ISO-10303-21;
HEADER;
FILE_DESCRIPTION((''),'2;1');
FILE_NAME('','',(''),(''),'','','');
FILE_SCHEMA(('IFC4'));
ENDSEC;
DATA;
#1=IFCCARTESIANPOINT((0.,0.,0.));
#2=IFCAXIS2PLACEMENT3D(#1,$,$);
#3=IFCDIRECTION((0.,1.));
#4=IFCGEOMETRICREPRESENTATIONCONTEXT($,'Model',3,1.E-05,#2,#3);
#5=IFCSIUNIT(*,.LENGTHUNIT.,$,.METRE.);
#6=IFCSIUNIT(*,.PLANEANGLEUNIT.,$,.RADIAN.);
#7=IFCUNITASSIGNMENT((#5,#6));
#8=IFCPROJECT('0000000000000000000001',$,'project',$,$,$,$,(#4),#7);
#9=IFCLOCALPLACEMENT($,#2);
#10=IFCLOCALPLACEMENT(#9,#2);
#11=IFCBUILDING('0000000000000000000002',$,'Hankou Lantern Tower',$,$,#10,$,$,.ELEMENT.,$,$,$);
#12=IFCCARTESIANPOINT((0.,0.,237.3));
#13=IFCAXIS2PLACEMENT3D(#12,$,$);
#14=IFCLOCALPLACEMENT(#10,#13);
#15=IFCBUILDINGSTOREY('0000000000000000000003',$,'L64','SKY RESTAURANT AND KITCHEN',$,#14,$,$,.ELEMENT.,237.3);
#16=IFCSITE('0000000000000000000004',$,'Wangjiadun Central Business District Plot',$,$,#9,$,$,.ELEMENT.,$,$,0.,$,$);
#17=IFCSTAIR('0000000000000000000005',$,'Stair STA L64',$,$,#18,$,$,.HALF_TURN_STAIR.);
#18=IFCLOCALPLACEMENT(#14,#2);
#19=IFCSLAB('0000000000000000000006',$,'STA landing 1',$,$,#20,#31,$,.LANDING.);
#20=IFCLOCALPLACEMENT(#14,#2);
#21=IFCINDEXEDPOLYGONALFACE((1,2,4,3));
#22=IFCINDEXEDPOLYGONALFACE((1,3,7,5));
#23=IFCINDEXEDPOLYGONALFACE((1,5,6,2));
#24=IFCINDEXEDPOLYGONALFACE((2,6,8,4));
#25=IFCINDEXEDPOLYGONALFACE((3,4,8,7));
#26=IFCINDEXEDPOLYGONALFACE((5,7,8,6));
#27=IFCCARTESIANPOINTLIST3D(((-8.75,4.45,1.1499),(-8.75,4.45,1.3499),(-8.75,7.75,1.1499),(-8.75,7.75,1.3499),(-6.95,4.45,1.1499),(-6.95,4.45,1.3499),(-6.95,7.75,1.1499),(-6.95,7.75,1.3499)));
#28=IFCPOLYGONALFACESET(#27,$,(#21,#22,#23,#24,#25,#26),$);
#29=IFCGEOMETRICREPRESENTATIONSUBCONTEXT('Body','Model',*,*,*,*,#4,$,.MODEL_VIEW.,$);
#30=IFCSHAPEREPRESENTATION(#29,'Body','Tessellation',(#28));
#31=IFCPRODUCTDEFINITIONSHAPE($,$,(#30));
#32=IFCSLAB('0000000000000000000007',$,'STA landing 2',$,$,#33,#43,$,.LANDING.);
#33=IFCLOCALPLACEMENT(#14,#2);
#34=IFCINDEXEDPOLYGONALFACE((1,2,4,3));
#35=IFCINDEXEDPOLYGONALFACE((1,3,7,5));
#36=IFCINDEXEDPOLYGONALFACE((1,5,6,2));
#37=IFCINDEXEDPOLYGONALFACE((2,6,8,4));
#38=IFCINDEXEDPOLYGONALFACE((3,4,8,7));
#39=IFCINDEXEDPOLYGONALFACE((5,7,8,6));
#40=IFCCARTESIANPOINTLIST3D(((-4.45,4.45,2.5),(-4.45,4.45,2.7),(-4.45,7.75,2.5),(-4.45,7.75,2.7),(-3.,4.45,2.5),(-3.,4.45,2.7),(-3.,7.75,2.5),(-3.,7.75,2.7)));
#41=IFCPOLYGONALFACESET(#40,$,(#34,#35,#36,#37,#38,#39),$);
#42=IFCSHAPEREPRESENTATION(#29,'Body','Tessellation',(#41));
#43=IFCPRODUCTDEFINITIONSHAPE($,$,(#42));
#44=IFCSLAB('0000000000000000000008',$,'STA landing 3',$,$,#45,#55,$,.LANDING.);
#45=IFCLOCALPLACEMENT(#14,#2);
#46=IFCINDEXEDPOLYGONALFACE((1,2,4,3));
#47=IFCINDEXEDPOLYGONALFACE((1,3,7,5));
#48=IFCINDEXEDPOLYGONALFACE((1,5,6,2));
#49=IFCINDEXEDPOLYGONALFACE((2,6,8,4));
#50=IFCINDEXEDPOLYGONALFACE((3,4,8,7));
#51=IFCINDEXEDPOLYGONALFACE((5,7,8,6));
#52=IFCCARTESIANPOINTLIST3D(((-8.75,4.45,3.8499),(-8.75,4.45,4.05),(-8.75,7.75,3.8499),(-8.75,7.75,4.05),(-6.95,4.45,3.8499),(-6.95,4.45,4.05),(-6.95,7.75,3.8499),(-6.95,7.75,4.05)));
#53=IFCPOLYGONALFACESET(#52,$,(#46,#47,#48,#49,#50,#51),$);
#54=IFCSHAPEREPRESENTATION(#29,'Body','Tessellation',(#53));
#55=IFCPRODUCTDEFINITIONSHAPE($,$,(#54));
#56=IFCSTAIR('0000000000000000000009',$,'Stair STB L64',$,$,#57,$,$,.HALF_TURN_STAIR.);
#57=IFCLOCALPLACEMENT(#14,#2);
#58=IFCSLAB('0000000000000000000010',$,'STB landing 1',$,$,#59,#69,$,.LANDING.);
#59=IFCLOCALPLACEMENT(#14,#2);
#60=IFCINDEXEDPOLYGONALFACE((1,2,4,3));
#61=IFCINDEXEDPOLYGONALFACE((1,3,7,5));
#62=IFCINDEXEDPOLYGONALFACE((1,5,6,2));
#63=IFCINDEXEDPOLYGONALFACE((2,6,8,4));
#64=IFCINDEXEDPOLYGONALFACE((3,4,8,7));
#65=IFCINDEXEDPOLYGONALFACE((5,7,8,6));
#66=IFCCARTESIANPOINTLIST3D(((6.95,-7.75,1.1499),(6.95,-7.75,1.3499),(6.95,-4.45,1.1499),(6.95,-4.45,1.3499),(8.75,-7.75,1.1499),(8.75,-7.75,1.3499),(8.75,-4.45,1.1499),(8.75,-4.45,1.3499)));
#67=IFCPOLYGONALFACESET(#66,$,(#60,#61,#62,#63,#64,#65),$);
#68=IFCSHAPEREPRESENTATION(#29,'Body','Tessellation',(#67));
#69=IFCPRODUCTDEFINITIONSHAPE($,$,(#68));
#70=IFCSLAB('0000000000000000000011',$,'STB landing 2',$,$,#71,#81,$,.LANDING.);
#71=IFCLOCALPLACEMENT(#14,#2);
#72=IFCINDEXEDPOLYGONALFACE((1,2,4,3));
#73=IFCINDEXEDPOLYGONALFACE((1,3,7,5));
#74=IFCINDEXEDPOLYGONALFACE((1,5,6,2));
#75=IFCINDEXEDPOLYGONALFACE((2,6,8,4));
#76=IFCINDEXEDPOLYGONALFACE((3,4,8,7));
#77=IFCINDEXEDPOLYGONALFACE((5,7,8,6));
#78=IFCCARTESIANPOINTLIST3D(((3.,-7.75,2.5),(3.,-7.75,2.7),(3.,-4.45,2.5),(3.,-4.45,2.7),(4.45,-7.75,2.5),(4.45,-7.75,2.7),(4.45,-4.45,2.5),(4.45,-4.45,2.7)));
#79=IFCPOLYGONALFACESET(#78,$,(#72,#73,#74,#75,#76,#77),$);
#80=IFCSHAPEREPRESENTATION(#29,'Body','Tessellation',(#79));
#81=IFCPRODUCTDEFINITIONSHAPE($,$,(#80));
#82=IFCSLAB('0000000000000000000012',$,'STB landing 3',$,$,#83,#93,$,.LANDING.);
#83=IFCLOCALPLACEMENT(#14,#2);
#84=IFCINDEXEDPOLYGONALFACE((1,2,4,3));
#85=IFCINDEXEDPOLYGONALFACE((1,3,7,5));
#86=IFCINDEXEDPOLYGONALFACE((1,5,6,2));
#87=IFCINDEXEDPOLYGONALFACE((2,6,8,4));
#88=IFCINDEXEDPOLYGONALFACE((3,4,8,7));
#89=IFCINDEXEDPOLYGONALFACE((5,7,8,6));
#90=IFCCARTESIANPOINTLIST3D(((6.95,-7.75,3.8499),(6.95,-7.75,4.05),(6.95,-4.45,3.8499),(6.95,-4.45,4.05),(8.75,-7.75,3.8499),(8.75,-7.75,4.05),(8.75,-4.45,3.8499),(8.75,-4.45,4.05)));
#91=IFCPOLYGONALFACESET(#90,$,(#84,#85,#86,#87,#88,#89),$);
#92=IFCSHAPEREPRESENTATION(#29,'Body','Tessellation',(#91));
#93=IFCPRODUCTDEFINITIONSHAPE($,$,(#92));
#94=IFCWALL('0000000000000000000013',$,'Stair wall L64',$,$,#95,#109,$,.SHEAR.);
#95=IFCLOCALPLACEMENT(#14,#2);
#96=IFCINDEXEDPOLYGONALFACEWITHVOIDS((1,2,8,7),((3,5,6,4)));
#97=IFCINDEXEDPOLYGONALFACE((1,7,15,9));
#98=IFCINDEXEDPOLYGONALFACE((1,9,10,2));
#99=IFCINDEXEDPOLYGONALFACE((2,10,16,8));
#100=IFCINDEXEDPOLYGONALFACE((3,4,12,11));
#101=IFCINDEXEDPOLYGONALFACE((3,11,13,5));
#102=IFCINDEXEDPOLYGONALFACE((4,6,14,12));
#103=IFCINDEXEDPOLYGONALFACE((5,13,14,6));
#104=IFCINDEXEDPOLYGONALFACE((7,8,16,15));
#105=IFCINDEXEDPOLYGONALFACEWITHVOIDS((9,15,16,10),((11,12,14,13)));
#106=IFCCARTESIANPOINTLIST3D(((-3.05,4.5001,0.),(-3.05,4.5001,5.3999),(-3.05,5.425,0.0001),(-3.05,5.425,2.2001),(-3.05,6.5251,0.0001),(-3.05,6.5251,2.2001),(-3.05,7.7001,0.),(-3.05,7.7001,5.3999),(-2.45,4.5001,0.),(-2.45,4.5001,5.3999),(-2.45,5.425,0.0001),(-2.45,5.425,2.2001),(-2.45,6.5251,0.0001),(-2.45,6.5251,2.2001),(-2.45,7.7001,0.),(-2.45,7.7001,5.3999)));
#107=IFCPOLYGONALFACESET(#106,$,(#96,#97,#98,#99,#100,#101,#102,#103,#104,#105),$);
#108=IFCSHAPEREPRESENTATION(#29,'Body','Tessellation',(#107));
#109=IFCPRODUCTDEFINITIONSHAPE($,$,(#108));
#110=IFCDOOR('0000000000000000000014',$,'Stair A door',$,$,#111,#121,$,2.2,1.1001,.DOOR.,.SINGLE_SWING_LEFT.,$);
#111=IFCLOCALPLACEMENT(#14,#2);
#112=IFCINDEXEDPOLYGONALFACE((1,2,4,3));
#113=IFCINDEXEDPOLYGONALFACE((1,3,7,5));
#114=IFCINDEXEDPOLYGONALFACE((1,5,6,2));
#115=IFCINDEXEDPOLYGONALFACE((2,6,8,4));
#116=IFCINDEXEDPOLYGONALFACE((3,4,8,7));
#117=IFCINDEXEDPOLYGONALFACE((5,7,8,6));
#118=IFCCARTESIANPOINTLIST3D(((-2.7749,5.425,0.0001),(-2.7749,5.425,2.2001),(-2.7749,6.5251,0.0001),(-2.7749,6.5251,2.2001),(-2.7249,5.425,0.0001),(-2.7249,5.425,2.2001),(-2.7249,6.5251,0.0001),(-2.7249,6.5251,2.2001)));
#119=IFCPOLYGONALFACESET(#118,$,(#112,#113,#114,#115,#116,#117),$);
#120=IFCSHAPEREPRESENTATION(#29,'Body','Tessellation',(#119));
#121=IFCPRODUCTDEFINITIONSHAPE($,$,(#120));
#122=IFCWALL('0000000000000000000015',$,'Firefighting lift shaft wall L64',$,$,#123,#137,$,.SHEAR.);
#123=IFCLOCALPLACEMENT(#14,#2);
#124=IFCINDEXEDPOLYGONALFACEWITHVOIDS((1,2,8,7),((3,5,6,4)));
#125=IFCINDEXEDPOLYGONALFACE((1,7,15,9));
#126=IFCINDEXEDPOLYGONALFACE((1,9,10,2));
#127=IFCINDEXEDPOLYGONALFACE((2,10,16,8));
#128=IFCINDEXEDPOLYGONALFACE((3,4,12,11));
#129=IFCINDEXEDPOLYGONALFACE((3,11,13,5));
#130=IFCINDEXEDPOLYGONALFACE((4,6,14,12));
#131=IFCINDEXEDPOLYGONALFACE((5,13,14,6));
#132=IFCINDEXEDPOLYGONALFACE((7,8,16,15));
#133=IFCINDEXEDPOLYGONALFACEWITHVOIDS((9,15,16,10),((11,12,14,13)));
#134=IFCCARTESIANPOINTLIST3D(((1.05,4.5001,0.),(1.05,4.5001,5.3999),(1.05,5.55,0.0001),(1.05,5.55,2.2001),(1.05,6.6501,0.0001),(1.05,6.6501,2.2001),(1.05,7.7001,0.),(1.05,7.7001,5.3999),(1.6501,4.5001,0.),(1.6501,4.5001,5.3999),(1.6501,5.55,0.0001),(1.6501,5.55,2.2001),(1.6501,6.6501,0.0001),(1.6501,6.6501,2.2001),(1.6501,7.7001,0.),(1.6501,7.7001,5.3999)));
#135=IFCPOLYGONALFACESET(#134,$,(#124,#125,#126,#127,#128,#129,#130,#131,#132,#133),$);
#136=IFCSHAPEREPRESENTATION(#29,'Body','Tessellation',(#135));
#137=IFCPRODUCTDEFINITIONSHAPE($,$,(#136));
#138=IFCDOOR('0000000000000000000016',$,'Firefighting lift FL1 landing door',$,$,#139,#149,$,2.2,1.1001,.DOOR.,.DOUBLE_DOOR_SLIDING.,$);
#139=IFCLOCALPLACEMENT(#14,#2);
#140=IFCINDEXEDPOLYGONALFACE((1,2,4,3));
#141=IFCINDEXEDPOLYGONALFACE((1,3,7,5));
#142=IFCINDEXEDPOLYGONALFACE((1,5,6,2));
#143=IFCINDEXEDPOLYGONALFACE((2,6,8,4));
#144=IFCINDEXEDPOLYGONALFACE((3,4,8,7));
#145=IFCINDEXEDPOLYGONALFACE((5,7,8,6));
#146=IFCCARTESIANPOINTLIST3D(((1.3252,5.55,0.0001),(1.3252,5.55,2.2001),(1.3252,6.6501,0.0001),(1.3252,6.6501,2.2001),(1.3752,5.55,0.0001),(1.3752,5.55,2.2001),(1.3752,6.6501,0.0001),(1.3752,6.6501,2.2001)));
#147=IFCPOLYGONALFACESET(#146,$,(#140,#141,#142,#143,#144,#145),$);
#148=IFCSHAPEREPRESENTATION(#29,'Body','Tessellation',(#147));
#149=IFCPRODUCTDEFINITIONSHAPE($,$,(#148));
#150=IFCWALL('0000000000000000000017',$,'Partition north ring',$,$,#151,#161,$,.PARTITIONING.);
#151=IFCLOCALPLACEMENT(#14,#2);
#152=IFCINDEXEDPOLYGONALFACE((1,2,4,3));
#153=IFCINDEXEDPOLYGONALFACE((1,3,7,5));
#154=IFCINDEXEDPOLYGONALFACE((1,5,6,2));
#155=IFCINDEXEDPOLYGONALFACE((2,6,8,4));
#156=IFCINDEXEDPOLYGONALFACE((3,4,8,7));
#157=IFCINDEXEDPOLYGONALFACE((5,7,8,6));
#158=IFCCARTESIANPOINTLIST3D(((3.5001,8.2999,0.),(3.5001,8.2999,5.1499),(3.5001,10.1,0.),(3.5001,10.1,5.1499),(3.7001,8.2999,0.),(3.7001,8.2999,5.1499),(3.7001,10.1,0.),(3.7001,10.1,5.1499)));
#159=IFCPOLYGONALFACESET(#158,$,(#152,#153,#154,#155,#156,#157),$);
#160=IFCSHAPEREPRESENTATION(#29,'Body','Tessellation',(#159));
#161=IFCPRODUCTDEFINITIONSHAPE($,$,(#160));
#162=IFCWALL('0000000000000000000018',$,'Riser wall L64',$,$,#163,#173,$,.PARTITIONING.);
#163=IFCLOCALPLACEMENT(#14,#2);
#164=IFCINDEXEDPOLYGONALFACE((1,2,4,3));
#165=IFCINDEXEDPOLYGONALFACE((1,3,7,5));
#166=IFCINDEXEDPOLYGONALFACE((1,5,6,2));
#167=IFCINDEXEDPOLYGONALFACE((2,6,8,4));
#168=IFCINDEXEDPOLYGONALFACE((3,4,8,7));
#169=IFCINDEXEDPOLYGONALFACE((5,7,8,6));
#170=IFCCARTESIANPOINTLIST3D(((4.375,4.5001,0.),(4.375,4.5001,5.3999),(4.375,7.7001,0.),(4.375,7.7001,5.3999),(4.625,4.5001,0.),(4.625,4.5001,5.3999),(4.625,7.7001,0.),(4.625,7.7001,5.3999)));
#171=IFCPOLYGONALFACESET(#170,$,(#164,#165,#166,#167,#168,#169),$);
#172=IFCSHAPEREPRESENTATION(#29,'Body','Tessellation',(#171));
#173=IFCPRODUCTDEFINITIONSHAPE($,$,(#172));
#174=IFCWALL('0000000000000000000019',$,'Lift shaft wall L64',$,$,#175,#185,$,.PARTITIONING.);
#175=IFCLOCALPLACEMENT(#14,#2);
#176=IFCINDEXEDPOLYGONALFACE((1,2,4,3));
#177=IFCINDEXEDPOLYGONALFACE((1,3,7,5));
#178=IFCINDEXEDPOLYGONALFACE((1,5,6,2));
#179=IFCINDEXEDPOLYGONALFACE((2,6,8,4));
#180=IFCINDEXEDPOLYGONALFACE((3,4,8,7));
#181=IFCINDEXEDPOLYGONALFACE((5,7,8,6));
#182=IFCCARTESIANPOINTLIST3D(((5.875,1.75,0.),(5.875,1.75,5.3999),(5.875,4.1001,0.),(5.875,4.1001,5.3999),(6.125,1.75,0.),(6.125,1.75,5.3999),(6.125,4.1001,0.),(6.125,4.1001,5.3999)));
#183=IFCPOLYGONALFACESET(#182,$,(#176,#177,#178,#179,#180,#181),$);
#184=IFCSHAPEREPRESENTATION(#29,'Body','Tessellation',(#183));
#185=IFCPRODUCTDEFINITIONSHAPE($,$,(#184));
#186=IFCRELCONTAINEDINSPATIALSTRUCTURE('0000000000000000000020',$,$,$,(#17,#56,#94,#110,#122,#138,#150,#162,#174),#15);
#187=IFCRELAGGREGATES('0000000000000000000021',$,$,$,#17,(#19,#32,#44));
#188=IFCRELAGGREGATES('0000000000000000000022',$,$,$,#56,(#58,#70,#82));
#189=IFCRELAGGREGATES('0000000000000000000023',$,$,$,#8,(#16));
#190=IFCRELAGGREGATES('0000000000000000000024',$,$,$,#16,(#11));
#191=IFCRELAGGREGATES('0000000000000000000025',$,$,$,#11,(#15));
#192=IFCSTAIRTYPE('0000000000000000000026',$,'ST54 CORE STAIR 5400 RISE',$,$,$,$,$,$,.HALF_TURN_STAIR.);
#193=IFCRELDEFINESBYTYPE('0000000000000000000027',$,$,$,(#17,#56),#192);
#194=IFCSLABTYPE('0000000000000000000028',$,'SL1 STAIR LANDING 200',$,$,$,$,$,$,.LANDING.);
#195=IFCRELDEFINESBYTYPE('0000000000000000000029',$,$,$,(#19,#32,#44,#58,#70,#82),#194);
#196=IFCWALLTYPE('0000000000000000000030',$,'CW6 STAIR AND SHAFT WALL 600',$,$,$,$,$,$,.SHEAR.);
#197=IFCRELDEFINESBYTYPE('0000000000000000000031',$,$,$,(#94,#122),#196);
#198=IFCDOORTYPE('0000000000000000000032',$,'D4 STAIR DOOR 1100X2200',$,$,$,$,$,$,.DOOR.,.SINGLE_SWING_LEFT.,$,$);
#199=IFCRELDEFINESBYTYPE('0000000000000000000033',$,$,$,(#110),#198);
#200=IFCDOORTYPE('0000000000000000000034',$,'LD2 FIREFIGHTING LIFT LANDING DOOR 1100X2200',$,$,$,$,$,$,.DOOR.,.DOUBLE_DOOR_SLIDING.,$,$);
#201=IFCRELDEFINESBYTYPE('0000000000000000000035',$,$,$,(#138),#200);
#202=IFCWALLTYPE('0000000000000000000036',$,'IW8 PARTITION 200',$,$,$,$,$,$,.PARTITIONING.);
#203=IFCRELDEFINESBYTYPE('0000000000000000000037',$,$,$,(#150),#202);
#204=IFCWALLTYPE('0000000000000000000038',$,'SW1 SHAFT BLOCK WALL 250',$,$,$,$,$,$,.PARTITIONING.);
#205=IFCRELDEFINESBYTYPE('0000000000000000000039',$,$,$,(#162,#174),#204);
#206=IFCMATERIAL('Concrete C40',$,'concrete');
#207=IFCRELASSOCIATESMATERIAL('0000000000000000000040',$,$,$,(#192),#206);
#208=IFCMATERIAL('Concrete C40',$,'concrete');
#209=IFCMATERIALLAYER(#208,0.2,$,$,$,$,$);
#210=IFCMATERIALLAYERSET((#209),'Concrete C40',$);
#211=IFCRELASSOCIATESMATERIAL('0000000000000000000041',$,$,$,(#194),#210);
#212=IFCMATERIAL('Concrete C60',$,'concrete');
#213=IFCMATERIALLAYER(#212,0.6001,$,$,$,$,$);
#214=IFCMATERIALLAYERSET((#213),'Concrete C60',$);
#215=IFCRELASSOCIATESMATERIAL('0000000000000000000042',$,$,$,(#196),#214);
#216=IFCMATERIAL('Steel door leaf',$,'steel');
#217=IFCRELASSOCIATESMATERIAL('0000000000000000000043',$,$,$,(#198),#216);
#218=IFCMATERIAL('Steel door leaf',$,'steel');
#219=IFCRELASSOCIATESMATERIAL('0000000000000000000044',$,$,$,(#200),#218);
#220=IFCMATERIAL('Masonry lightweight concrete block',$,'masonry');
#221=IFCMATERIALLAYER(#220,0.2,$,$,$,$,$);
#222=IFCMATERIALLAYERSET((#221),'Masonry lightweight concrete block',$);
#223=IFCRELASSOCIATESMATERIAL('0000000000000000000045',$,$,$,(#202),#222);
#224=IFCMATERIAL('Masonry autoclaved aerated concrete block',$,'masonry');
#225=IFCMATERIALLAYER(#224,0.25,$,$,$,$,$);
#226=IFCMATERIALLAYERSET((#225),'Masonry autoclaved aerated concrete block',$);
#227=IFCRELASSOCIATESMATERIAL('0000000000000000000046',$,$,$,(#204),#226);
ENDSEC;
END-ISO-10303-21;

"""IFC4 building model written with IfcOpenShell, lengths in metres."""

from ifc_helpers import new_model, si_unit, direction, frame, frame_2d, origin, place, context, subcontext, project, spatial, polyline, rectangle, outline, extrude, material, layer, layer_set, type_object, element, fill, aggregate, save


model = new_model("IFC4")

# Units and contexts
model_context = context("Model", 3, precision=1e-05, world=origin(), true_north=direction((0.0, 1.0)))
body_context = subcontext(model_context, "Body", "Model", "MODEL_VIEW")
ifc_project = project(units=[si_unit("LENGTHUNIT", "METRE"), si_unit("PLANEANGLEUNIT", "RADIAN")], contexts=[model_context])

# Site, building, storey
site_placement = place(None, origin())
site = spatial("IfcSite", under=ifc_project, at=site_placement, Name="Wangjiadun Central Business District Plot", CompositionType="ELEMENT", RefElevation=0.0)
building_placement = place(site_placement, origin())
building = spatial("IfcBuilding", under=site, at=building_placement, Name="Hankou Lantern Tower", CompositionType="ELEMENT")
storey_placement = place(building_placement, frame((0.0, 0.0, 237.3)))
storey = spatial("IfcBuildingStorey", under=building, at=storey_placement, Name="L64", Description="SKY RESTAURANT AND KITCHEN", CompositionType="ELEMENT", Elevation=237.3)

# Stairs, slabs
ifc_material_1 = material(Name="Concrete C40", Category="concrete")
stair_type = type_object("IfcStairType", Name="ST54 CORE STAIR 5400 RISE", PredefinedType="HALF_TURN_STAIR", material=ifc_material_1)
stair_1_placement = place(storey_placement, origin())
stair_1 = element("IfcStair", 1, at=stair_1_placement, inside=storey, type_object=stair_type, Name="Stair STA L64", PredefinedType="HALF_TURN_STAIR")
ifc_material_2 = material(Name="Concrete C40", Category="concrete")
ifc_layer_1 = layer(ifc_material_2, 0.2)
ifc_layer_set_1 = layer_set([ifc_layer_1], Name="Concrete C40")
slab_type = type_object("IfcSlabType", Name="SL1 STAIR LANDING 200", PredefinedType="LANDING", material=ifc_layer_set_1)
slab_1_placement = place(storey_placement, frame((0.0, 0.0, 1.1499)))
slab_1 = element("IfcSlab", 2, at=slab_1_placement, type_object=slab_type, Name="STA landing 1", PredefinedType="LANDING", context=body_context, shape_type="SweptSolid", body=[
    extrude(outline(polyline([(-8.75, 4.45), (-6.95, 4.45), (-6.95, 7.75), (-8.75, 7.75), (-8.75, 4.45)])), origin(), (0.0, 0.0, 1.0), 0.2),
])
slab_2_placement = place(storey_placement, frame((0.0, 0.0, 2.5)))
slab_2 = element("IfcSlab", 3, at=slab_2_placement, type_object=slab_type, Name="STA landing 2", PredefinedType="LANDING", context=body_context, shape_type="SweptSolid", body=[
    extrude(outline(polyline([(-4.45, 4.45), (-3.0, 4.45), (-3.0, 7.75), (-4.45, 7.75), (-4.45, 4.45)])), origin(), (0.0, 0.0, 1.0), 0.2),
])
slab_3_placement = place(storey_placement, frame((0.0, 0.0, 3.8499)))
slab_3 = element("IfcSlab", 4, at=slab_3_placement, type_object=slab_type, Name="STA landing 3", PredefinedType="LANDING", context=body_context, shape_type="SweptSolid", body=[
    extrude(outline(polyline([(-8.75, 4.45), (-6.95, 4.45), (-6.95, 7.75), (-8.75, 7.75), (-8.75, 4.45)])), origin(), (0.0, 0.0, 1.0), 0.2002),
])
aggregate(stair_1, [slab_1, slab_2, slab_3])
stair_2_placement = place(storey_placement, origin())
stair_2 = element("IfcStair", 5, at=stair_2_placement, inside=storey, type_object=stair_type, Name="Stair STB L64", PredefinedType="HALF_TURN_STAIR")
slab_4_placement = place(storey_placement, frame((0.0, 0.0, 1.1499)))
slab_4 = element("IfcSlab", 6, at=slab_4_placement, type_object=slab_type, Name="STB landing 1", PredefinedType="LANDING", context=body_context, shape_type="SweptSolid", body=[
    extrude(outline(polyline([(8.75, -4.45), (6.95, -4.45), (6.95, -7.75), (8.75, -7.75), (8.75, -4.45)])), origin(), (0.0, 0.0, 1.0), 0.2),
])
slab_5_placement = place(storey_placement, frame((0.0, 0.0, 2.5)))
slab_5 = element("IfcSlab", 7, at=slab_5_placement, type_object=slab_type, Name="STB landing 2", PredefinedType="LANDING", context=body_context, shape_type="SweptSolid", body=[
    extrude(outline(polyline([(4.45, -4.45), (3.0, -4.45), (3.0, -7.75), (4.45, -7.75), (4.45, -4.45)])), origin(), (0.0, 0.0, 1.0), 0.2),
])
slab_6_placement = place(storey_placement, frame((0.0, 0.0, 3.8499)))
slab_6 = element("IfcSlab", 8, at=slab_6_placement, type_object=slab_type, Name="STB landing 3", PredefinedType="LANDING", context=body_context, shape_type="SweptSolid", body=[
    extrude(outline(polyline([(8.75, -4.45), (6.95, -4.45), (6.95, -7.75), (8.75, -7.75), (8.75, -4.45)])), origin(), (0.0, 0.0, 1.0), 0.2002),
])
aggregate(stair_2, [slab_4, slab_5, slab_6])

# Walls, openings, doors
ifc_material_3 = material(Name="Concrete C60", Category="concrete")
ifc_layer_2 = layer(ifc_material_3, 0.6001)
ifc_layer_set_2 = layer_set([ifc_layer_2], Name="Concrete C60")
wall_type_1 = type_object("IfcWallType", Name="CW6 STAIR AND SHAFT WALL 600", PredefinedType="SHEAR", material=ifc_layer_set_2)
wall_1_placement = place(storey_placement, frame((-2.75, 4.5, 0.0), z_axis=(0.0, 0.0, 1.0), x_axis=(0.0, 1.0, 0.0)))
wall_1 = element("IfcWall", 9, at=wall_1_placement, inside=storey, type_object=wall_type_1, Name="Stair wall L64", PredefinedType="SHEAR", context=body_context, shape_type="SweptSolid", body=[
    extrude(rectangle(XDim=3.2, YDim=0.6001, at=frame_2d((1.6001, 0.0))), origin(), (0.0, 0.0, 1.0), 5.3999),
])
opening_1_placement = place(wall_1_placement, frame((0.925, 0.0, 0.0)))
opening_1 = element("IfcOpeningElement", 10, at=opening_1_placement, cuts=wall_1, PredefinedType="OPENING", context=body_context, shape_type="SweptSolid", body=[
    extrude(rectangle(XDim=1.1001, YDim=2.2, at=frame_2d((0.55, 1.1001))), frame((0.0, 0.3101, 0.0), z_axis=(0.0, -1.0, 0.0), x_axis=(1.0, 0.0, 0.0)), (0.0, 0.0, 1.0), 0.6201),
])
ifc_material_4 = material(Name="Steel door leaf", Category="steel")
door_type_1 = type_object("IfcDoorType", Name="D4 STAIR DOOR 1100X2200", OperationType="SINGLE_SWING_LEFT", PredefinedType="DOOR", material=ifc_material_4)
door_1_placement = place(opening_1_placement, origin())
door_1 = element("IfcDoor", 11, at=door_1_placement, inside=storey, type_object=door_type_1, Name="Stair A door", OperationType="SINGLE_SWING_LEFT", OverallHeight=2.2, OverallWidth=1.1001, PredefinedType="DOOR", context=body_context, shape_type="SweptSolid", body=[
    extrude(rectangle(XDim=1.1001, YDim=2.2, at=frame_2d((0.55, 1.1001))), frame((0.0, 0.0249, 0.0), z_axis=(0.0, -1.0, 0.0), x_axis=(1.0, 0.0, 0.0)), (0.0, 0.0, 1.0), 0.05),
])
fill(opening_1, door_1)
wall_2_placement = place(storey_placement, frame((1.3501, 4.5, 0.0), z_axis=(0.0, 0.0, 1.0), x_axis=(0.0, 1.0, 0.0)))
wall_2 = element("IfcWall", 12, at=wall_2_placement, inside=storey, type_object=wall_type_1, Name="Firefighting lift shaft wall L64", PredefinedType="SHEAR", context=body_context, shape_type="SweptSolid", body=[
    extrude(rectangle(XDim=3.2, YDim=0.6001, at=frame_2d((1.6001, 0.0))), origin(), (0.0, 0.0, 1.0), 5.3999),
])
opening_2_placement = place(wall_2_placement, frame((1.05, 0.0, 0.0)))
opening_2 = element("IfcOpeningElement", 13, at=opening_2_placement, cuts=wall_2, PredefinedType="OPENING", context=body_context, shape_type="SweptSolid", body=[
    extrude(rectangle(XDim=1.1001, YDim=2.2, at=frame_2d((0.55, 1.1001))), frame((0.0, 0.3101, 0.0), z_axis=(0.0, -1.0, 0.0), x_axis=(1.0, 0.0, 0.0)), (0.0, 0.0, 1.0), 0.6201),
])
ifc_material_5 = material(Name="Steel door leaf", Category="steel")
door_type_2 = type_object("IfcDoorType", Name="LD2 FIREFIGHTING LIFT LANDING DOOR 1100X2200", OperationType="DOUBLE_DOOR_SLIDING", PredefinedType="DOOR", material=ifc_material_5)
door_2_placement = place(opening_2_placement, origin())
door_2 = element("IfcDoor", 14, at=door_2_placement, inside=storey, type_object=door_type_2, Name="Firefighting lift FL1 landing door", OperationType="DOUBLE_DOOR_SLIDING", OverallHeight=2.2, OverallWidth=1.1001, PredefinedType="DOOR", context=body_context, shape_type="SweptSolid", body=[
    extrude(rectangle(XDim=1.1001, YDim=2.2, at=frame_2d((0.55, 1.1001))), frame((0.0, 0.0249, 0.0), z_axis=(0.0, -1.0, 0.0), x_axis=(1.0, 0.0, 0.0)), (0.0, 0.0, 1.0), 0.05),
])
fill(opening_2, door_2)

# Walls
ifc_material_6 = material(Name="Masonry lightweight concrete block", Category="masonry")
ifc_layer_3 = layer(ifc_material_6, 0.2)
ifc_layer_set_3 = layer_set([ifc_layer_3], Name="Masonry lightweight concrete block")
wall_type_2 = type_object("IfcWallType", Name="IW8 PARTITION 200", PredefinedType="PARTITIONING", material=ifc_layer_set_3)
wall_3_placement = place(storey_placement, frame((3.6001, 8.3, 0.0), z_axis=(0.0, 0.0, 1.0), x_axis=(0.0, 1.0, 0.0)))
element("IfcWall", 15, at=wall_3_placement, inside=storey, type_object=wall_type_2, Name="Partition north ring", PredefinedType="PARTITIONING", context=body_context, shape_type="SweptSolid", body=[
    extrude(rectangle(XDim=1.8, YDim=0.2, at=frame_2d((0.8999, 0.0))), origin(), (0.0, 0.0, 1.0), 5.1499),
])
ifc_material_7 = material(Name="Masonry autoclaved aerated concrete block", Category="masonry")
ifc_layer_4 = layer(ifc_material_7, 0.25)
ifc_layer_set_4 = layer_set([ifc_layer_4], Name="Masonry autoclaved aerated concrete block")
wall_type_3 = type_object("IfcWallType", Name="SW1 SHAFT BLOCK WALL 250", PredefinedType="PARTITIONING", material=ifc_layer_set_4)
wall_4_placement = place(storey_placement, frame((4.5, 4.5, 0.0), z_axis=(0.0, 0.0, 1.0), x_axis=(0.0, 1.0, 0.0)))
element("IfcWall", 16, at=wall_4_placement, inside=storey, type_object=wall_type_3, Name="Riser wall L64", PredefinedType="PARTITIONING", context=body_context, shape_type="SweptSolid", body=[
    extrude(rectangle(XDim=3.2, YDim=0.25, at=frame_2d((1.6001, 0.0))), origin(), (0.0, 0.0, 1.0), 5.3999),
])
wall_5_placement = place(storey_placement, frame((6.0, 1.75, 0.0), z_axis=(0.0, 0.0, 1.0), x_axis=(0.0, 1.0, 0.0)))
element("IfcWall", 17, at=wall_5_placement, inside=storey, type_object=wall_type_3, Name="Lift shaft wall L64", PredefinedType="PARTITIONING", context=body_context, shape_type="SweptSolid", body=[
    extrude(rectangle(XDim=2.3501, YDim=0.25, at=frame_2d((1.175, 0.0))), origin(), (0.0, 0.0, 1.0), 5.3999),
])

save(model, "model.ifc")
